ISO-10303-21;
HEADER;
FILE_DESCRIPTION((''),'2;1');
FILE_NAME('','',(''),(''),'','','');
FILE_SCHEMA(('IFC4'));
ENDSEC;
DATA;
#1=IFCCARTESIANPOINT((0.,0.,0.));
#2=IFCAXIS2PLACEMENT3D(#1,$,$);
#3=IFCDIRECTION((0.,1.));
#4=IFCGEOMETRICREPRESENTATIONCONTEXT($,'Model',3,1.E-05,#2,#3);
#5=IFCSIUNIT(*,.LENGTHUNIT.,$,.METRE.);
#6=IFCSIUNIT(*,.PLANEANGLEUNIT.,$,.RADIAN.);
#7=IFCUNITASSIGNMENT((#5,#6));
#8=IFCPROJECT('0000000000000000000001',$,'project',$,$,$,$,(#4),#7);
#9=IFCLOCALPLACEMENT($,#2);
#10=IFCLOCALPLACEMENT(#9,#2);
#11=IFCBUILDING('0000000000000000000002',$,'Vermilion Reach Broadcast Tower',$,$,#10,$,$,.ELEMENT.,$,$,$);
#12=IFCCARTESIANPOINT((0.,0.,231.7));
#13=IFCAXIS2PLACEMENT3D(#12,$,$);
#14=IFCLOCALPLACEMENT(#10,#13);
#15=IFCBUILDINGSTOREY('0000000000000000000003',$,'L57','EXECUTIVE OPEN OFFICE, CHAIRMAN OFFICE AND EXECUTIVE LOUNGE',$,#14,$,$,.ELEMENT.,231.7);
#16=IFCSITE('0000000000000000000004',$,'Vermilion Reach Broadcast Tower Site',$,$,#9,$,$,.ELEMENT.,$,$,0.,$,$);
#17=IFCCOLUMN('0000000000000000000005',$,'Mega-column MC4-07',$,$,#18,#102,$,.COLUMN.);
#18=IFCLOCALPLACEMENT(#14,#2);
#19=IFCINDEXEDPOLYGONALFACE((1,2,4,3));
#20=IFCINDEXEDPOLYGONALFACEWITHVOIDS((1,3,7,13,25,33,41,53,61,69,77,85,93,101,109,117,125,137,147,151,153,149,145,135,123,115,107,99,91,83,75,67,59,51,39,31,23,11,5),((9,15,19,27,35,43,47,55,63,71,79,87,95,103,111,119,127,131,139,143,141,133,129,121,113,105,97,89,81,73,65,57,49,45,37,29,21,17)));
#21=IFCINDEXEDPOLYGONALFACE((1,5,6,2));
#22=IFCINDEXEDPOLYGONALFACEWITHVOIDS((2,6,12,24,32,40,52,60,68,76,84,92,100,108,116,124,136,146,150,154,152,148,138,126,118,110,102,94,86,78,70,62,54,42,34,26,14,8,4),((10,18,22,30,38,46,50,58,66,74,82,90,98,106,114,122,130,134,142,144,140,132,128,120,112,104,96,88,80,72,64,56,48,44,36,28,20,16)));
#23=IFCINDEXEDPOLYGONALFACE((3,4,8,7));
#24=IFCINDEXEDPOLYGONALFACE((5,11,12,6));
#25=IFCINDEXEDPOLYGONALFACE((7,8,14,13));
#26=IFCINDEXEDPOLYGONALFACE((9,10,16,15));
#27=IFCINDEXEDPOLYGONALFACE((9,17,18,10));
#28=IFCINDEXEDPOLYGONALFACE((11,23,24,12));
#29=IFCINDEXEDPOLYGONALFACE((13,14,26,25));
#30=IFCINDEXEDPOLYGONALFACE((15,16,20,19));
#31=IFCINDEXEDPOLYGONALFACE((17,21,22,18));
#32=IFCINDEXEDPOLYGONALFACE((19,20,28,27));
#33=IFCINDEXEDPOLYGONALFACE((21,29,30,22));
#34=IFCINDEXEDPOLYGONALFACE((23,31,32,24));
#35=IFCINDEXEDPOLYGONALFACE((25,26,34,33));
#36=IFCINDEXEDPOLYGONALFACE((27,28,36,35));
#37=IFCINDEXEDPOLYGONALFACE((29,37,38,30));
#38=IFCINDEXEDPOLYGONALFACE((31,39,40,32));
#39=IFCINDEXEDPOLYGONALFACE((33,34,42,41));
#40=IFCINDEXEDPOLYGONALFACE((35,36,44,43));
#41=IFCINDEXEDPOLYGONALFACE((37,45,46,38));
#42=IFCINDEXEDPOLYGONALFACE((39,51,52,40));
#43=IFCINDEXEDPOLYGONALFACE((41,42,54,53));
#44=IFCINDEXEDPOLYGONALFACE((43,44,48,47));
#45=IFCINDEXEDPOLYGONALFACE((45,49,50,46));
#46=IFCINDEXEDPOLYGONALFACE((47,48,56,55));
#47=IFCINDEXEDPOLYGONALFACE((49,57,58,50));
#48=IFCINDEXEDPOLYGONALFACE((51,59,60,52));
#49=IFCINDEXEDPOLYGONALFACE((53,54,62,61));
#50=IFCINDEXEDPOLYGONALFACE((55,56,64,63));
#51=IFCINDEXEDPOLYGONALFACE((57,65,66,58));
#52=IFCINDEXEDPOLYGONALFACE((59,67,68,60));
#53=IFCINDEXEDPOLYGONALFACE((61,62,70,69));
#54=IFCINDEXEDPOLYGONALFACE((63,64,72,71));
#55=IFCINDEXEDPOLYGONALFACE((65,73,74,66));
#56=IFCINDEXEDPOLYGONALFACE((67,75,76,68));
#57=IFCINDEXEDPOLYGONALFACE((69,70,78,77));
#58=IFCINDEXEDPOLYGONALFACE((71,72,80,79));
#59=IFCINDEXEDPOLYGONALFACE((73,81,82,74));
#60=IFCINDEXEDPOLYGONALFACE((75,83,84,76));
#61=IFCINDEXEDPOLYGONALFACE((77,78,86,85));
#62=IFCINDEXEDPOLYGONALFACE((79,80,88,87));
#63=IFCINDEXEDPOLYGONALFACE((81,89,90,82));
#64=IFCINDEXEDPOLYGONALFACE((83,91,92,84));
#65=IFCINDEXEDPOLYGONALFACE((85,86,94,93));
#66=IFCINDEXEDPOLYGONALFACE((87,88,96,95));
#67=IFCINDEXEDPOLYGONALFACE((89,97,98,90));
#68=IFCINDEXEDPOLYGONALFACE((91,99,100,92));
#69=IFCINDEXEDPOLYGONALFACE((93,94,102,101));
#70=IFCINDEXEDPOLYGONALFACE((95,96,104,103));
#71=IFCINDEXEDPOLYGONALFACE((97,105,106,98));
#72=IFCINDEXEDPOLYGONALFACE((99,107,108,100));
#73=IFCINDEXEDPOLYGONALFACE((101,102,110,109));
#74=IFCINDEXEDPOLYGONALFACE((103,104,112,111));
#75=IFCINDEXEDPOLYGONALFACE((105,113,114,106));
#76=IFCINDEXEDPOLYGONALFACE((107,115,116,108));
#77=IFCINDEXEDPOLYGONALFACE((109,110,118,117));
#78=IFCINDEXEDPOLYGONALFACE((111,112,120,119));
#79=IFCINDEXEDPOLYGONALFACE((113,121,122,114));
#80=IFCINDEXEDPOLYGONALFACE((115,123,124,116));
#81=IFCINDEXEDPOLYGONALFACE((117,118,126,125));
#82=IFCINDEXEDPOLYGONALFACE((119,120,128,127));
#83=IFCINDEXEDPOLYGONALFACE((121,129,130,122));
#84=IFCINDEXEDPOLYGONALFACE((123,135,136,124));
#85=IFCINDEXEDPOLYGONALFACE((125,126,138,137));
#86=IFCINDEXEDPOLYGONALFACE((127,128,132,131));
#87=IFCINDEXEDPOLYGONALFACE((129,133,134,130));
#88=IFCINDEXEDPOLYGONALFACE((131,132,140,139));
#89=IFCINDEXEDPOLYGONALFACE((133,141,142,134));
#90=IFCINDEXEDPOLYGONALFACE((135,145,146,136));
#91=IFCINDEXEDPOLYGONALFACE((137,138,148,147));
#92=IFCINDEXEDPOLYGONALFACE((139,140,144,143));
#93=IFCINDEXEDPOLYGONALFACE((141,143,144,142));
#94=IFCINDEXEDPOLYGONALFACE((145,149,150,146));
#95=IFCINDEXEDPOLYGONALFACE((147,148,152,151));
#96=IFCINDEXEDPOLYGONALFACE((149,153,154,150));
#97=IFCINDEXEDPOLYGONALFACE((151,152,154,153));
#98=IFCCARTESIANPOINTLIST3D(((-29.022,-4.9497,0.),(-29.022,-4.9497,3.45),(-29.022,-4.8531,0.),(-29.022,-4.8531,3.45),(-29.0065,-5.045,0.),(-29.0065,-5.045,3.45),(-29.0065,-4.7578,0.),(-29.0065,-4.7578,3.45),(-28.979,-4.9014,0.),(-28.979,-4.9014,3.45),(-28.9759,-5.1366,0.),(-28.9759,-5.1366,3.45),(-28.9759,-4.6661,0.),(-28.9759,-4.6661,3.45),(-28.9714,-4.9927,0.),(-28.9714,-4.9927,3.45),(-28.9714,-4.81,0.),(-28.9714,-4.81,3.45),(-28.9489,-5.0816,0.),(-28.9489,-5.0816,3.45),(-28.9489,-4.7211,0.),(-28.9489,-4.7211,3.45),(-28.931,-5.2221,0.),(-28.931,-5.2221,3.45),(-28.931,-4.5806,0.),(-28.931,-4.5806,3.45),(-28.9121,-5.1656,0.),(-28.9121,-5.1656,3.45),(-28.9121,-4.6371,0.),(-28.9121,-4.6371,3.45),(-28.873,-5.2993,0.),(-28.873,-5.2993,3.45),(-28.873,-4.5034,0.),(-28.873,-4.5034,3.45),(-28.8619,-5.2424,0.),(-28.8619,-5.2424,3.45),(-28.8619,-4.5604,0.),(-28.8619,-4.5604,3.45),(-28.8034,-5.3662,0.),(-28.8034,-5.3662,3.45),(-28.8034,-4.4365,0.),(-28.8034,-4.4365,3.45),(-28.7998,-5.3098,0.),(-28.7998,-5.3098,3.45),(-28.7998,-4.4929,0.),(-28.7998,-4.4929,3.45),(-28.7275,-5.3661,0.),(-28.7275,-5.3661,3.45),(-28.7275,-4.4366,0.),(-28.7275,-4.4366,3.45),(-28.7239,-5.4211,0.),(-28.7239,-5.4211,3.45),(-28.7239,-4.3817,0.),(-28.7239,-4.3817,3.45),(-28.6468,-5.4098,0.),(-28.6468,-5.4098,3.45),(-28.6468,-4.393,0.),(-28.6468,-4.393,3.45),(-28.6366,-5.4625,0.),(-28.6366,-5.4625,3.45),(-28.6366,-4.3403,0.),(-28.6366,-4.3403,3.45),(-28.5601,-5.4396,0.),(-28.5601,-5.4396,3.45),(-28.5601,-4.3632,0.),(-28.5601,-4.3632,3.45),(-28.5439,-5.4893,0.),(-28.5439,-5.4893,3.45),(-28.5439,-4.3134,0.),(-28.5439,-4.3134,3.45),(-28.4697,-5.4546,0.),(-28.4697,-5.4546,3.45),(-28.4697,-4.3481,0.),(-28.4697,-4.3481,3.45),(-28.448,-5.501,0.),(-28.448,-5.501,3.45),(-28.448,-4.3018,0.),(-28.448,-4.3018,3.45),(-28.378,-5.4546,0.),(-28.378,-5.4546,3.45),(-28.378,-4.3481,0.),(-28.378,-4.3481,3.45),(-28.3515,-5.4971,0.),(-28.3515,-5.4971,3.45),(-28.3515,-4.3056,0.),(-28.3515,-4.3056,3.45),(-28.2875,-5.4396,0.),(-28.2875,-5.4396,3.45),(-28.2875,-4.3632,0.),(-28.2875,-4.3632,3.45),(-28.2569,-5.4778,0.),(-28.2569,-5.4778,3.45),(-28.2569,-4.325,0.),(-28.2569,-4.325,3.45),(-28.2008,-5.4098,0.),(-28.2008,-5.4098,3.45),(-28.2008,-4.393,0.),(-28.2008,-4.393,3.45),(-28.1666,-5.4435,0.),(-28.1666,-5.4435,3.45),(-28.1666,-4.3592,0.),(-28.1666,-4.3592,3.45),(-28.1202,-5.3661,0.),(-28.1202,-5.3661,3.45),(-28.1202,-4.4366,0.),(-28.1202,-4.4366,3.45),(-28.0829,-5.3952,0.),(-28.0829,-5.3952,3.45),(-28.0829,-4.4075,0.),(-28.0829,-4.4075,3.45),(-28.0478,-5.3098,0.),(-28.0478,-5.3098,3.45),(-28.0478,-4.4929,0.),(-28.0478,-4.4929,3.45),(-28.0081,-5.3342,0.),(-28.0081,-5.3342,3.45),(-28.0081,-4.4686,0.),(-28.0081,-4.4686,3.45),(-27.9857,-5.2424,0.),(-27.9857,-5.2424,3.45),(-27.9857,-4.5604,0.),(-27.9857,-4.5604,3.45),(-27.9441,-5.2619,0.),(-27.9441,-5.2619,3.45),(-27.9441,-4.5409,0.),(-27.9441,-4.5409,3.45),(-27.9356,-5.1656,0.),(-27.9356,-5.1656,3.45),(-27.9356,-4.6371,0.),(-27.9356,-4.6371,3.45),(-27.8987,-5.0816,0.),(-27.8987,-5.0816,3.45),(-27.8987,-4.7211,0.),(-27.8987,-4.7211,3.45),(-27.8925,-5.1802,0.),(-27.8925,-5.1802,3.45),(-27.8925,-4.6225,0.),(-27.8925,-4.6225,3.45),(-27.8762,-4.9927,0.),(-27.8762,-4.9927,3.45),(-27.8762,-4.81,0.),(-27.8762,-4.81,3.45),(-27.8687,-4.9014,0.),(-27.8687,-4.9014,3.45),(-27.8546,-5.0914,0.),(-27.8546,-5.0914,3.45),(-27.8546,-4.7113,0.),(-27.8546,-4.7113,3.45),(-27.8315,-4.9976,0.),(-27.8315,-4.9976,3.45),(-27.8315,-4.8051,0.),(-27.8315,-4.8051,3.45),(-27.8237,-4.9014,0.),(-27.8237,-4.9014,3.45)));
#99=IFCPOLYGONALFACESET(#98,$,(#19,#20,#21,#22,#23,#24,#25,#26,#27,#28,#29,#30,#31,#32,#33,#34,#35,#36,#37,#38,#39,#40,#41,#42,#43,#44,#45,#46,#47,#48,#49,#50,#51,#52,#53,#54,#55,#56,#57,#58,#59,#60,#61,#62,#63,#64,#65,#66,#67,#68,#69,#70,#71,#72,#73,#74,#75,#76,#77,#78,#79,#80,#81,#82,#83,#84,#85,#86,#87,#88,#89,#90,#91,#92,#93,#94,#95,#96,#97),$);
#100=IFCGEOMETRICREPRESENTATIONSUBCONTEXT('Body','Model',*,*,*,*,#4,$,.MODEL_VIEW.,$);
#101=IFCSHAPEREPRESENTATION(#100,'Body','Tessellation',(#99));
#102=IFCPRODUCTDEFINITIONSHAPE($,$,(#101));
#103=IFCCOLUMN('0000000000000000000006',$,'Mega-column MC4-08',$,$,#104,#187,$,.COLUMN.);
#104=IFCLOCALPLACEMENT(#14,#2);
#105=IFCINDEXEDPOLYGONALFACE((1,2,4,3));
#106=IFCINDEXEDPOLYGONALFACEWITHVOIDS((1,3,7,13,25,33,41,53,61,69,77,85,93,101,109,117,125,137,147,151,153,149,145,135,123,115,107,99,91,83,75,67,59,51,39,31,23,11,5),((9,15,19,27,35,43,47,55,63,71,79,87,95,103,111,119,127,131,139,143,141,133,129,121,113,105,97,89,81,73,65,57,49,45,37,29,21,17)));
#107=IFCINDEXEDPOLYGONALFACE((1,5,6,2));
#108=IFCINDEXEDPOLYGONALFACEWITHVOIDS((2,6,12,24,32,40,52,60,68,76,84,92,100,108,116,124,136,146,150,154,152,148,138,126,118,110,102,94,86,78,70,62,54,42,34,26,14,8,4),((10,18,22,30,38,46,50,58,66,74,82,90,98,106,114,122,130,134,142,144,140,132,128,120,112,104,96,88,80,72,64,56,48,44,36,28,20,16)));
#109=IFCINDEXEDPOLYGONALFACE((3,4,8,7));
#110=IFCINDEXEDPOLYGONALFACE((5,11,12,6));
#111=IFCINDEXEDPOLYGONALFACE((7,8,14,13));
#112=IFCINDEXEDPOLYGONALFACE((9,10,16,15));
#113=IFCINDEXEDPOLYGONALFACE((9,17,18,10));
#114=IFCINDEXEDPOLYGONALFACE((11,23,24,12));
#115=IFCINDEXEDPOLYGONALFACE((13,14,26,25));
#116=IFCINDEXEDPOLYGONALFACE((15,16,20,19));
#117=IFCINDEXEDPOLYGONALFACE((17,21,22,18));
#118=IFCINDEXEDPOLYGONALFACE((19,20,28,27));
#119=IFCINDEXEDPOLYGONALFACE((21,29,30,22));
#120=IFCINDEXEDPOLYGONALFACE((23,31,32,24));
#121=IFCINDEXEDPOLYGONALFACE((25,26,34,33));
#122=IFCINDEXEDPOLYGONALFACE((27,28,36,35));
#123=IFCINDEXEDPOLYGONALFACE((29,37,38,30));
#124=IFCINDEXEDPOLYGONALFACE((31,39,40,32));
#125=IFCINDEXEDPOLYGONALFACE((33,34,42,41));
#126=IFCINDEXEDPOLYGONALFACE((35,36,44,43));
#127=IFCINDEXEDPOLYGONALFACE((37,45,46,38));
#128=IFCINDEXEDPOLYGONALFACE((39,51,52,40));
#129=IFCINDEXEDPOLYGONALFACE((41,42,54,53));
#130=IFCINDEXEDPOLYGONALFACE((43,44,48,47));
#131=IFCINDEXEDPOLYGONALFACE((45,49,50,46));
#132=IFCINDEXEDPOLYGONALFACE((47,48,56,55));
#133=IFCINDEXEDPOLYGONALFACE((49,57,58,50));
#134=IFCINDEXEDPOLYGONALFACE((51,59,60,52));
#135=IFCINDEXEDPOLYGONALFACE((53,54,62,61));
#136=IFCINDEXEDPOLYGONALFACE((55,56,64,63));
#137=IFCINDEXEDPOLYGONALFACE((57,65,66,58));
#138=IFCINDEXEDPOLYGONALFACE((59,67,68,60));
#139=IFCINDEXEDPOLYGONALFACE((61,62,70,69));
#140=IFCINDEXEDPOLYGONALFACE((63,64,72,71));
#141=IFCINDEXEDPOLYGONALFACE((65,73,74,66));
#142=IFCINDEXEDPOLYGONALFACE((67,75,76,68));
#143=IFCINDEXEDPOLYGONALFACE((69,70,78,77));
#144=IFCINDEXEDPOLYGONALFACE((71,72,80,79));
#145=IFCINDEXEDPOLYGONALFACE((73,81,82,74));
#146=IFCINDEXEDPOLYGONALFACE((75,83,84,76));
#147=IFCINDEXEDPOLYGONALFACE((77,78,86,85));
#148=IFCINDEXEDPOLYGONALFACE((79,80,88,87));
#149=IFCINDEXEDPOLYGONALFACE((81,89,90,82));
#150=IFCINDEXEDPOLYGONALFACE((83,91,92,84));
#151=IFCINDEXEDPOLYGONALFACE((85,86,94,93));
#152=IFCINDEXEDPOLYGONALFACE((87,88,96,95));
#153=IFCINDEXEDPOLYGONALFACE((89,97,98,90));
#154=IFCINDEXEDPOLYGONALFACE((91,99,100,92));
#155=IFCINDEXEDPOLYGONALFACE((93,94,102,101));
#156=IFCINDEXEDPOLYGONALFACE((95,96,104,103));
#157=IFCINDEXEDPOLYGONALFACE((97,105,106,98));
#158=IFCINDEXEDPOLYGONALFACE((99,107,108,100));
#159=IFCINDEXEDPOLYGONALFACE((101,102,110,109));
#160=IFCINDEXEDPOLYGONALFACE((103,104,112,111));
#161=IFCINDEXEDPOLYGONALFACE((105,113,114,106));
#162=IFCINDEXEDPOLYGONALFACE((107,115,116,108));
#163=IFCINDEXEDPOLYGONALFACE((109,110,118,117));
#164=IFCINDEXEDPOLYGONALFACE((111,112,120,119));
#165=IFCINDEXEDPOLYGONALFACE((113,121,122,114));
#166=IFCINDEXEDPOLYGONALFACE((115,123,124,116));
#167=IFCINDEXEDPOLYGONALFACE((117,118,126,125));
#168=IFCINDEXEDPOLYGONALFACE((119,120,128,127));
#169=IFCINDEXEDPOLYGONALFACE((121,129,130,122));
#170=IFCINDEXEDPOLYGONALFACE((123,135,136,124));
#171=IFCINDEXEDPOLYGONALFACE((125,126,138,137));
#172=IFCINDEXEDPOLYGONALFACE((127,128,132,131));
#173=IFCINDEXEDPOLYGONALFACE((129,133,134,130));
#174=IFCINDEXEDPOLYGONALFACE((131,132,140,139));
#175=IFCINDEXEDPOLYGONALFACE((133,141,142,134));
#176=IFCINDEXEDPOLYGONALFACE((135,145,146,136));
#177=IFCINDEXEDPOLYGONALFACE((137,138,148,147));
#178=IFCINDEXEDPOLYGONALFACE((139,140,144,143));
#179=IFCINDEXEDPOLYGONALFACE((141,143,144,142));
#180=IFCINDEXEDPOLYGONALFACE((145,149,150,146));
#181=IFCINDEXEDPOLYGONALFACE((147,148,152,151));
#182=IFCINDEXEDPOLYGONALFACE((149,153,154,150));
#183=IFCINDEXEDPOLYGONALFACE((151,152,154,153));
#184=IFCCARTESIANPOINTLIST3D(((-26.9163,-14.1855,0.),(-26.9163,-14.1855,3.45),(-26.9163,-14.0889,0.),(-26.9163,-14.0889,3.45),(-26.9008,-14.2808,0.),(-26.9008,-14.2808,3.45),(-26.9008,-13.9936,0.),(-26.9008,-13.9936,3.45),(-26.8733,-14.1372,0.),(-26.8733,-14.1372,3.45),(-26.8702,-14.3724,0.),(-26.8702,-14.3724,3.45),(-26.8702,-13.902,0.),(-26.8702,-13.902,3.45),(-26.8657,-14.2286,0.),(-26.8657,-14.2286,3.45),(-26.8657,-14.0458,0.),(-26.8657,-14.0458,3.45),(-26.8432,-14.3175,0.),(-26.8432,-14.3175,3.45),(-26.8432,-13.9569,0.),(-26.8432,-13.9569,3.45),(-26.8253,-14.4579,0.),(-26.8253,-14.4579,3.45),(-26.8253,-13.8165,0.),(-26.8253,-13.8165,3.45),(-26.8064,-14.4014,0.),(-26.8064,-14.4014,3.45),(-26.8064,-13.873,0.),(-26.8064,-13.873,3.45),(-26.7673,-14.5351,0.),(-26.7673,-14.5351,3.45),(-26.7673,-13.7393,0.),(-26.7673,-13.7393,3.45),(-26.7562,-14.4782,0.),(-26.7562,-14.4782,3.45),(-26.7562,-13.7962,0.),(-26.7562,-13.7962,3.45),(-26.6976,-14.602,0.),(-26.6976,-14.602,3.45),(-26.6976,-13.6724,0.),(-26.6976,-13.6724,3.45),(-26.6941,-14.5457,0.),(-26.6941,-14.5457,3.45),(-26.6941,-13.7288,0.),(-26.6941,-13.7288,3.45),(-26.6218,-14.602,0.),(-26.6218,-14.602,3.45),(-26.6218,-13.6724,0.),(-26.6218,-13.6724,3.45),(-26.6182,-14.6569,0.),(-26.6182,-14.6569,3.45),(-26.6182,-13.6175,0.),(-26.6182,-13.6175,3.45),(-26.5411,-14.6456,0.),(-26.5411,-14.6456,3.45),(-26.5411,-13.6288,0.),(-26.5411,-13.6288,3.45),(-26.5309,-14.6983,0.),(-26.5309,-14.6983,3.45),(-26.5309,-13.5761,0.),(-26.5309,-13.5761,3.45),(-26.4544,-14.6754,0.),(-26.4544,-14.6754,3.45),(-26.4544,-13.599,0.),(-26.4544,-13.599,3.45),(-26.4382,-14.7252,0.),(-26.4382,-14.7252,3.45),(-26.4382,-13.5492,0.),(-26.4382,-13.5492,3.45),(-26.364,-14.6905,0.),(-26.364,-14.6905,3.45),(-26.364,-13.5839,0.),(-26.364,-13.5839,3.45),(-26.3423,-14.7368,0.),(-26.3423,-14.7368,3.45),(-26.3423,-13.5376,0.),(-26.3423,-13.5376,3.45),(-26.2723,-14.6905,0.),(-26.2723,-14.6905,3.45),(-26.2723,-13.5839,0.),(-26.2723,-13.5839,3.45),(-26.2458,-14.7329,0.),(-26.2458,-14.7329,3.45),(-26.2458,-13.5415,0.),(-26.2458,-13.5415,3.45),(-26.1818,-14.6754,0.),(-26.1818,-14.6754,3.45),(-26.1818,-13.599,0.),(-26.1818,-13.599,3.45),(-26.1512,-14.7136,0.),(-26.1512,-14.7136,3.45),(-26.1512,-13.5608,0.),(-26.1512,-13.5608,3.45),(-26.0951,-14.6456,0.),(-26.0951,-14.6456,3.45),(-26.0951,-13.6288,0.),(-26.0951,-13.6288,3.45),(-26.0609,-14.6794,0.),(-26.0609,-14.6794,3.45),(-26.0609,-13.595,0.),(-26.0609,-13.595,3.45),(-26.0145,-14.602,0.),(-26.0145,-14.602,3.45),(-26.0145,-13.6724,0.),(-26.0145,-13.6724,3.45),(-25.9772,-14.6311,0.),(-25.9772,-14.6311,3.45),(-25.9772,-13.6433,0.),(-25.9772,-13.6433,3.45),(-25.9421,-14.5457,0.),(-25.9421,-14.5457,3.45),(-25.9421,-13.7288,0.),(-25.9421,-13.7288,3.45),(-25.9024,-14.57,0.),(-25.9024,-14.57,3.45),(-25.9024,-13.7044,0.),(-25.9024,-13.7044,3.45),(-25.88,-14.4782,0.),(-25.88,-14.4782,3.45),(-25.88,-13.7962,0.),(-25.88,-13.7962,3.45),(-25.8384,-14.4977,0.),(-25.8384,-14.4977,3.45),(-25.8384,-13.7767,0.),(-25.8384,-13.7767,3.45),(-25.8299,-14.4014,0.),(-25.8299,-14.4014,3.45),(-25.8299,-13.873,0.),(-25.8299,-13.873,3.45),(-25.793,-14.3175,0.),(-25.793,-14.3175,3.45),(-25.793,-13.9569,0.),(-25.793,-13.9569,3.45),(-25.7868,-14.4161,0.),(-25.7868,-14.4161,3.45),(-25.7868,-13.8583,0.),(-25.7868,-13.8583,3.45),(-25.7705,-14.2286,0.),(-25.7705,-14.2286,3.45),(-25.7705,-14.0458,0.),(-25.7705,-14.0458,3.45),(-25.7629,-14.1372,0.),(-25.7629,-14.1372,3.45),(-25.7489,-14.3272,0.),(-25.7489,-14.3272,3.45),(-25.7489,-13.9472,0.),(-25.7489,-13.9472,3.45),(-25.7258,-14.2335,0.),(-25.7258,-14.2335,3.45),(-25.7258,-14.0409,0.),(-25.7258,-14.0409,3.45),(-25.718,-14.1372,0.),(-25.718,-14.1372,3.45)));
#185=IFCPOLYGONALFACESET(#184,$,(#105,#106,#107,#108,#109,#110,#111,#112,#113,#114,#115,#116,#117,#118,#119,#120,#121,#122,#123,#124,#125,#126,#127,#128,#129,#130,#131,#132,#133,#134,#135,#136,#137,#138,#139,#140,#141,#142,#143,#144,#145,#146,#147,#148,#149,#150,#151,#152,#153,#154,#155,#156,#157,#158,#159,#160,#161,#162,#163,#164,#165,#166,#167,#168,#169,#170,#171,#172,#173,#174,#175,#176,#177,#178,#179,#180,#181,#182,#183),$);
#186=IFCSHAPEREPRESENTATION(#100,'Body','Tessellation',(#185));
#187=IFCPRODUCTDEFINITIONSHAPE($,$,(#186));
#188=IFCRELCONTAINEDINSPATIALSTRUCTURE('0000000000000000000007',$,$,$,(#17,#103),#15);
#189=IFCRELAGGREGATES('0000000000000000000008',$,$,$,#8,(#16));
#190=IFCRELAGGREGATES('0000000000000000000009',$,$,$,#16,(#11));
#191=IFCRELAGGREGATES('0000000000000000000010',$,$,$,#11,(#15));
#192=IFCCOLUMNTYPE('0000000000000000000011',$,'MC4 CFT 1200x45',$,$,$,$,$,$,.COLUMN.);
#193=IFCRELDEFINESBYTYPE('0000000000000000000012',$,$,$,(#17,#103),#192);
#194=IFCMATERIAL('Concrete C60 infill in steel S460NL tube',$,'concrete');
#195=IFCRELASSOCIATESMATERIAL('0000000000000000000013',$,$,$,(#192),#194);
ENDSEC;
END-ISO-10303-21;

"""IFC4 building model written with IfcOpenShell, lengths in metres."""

from ifc_helpers import new_model, si_unit, direction, frame, origin, origin_2d, place, context, subcontext, project, spatial, hollow_circle, extrude, material, material_profile, profile_set, type_object, element, save


model = new_model("IFC4")

# Units and contexts
model_context = context("Model", 3, precision=1e-05, world=origin(), true_north=direction((0.0, 1.0)))
body_context = subcontext(model_context, "Body", "Model", "MODEL_VIEW")
ifc_project = project(units=[si_unit("LENGTHUNIT", "METRE"), si_unit("PLANEANGLEUNIT", "RADIAN")], contexts=[model_context])

# Site, building, storey
site_placement = place(None, origin())
site = spatial("IfcSite", under=ifc_project, at=site_placement, Name="Vermilion Reach Broadcast Tower Site", CompositionType="ELEMENT", RefElevation=0.0)
building_placement = place(site_placement, origin())
building = spatial("IfcBuilding", under=site, at=building_placement, Name="Vermilion Reach Broadcast Tower", CompositionType="ELEMENT")
storey_placement = place(building_placement, frame((0.0, 0.0, 231.7)))
storey = spatial("IfcBuildingStorey", under=building, at=storey_placement, Name="L57", Description="EXECUTIVE OPEN OFFICE, CHAIRMAN OFFICE AND EXECUTIVE LOUNGE", CompositionType="ELEMENT", Elevation=231.7)

# Columns
ifc_material_1 = material(Name="Concrete C60 infill in steel S460NL tube", Category="concrete")
ifc_material_profile_1 = material_profile(ifc_material_1, hollow_circle(Radius=0.6001, WallThickness=0.0449, at=origin_2d()), Name="Concrete C60 infill in steel S460NL tube CFT 1200x45")
ifc_profile_set_1 = profile_set([ifc_material_profile_1], Name="Concrete C60 infill in steel S460NL tube")
column_type = type_object("IfcColumnType", Name="MC4 CFT 1200x45", PredefinedType="COLUMN", material=ifc_profile_set_1)
for number, where, z_axis, x_axis, name in (
    (1, (-28.4238, -4.9014, 0.0), (0.0, 0.0, 1.0), (1.0, 0.0, 0.0), "Mega-column MC4-07"),
    (2, (-26.3181, -14.1372, 0.0), (0.0, 0.0, 1.0), (1.0, 0.0, 0.0), "Mega-column MC4-08"),
):
    element("IfcColumn", number, at=place(storey_placement, frame(where, z_axis=z_axis, x_axis=x_axis)), inside=storey, type_object=column_type, Name=name, PredefinedType="COLUMN", context=body_context, shape_type="SweptSolid", body=[
        extrude(hollow_circle(Radius=0.6001, WallThickness=0.0449, at=origin_2d()), origin(), (0.0, 0.0, 1.0), 3.45),
    ])

save(model, "model.ifc")
